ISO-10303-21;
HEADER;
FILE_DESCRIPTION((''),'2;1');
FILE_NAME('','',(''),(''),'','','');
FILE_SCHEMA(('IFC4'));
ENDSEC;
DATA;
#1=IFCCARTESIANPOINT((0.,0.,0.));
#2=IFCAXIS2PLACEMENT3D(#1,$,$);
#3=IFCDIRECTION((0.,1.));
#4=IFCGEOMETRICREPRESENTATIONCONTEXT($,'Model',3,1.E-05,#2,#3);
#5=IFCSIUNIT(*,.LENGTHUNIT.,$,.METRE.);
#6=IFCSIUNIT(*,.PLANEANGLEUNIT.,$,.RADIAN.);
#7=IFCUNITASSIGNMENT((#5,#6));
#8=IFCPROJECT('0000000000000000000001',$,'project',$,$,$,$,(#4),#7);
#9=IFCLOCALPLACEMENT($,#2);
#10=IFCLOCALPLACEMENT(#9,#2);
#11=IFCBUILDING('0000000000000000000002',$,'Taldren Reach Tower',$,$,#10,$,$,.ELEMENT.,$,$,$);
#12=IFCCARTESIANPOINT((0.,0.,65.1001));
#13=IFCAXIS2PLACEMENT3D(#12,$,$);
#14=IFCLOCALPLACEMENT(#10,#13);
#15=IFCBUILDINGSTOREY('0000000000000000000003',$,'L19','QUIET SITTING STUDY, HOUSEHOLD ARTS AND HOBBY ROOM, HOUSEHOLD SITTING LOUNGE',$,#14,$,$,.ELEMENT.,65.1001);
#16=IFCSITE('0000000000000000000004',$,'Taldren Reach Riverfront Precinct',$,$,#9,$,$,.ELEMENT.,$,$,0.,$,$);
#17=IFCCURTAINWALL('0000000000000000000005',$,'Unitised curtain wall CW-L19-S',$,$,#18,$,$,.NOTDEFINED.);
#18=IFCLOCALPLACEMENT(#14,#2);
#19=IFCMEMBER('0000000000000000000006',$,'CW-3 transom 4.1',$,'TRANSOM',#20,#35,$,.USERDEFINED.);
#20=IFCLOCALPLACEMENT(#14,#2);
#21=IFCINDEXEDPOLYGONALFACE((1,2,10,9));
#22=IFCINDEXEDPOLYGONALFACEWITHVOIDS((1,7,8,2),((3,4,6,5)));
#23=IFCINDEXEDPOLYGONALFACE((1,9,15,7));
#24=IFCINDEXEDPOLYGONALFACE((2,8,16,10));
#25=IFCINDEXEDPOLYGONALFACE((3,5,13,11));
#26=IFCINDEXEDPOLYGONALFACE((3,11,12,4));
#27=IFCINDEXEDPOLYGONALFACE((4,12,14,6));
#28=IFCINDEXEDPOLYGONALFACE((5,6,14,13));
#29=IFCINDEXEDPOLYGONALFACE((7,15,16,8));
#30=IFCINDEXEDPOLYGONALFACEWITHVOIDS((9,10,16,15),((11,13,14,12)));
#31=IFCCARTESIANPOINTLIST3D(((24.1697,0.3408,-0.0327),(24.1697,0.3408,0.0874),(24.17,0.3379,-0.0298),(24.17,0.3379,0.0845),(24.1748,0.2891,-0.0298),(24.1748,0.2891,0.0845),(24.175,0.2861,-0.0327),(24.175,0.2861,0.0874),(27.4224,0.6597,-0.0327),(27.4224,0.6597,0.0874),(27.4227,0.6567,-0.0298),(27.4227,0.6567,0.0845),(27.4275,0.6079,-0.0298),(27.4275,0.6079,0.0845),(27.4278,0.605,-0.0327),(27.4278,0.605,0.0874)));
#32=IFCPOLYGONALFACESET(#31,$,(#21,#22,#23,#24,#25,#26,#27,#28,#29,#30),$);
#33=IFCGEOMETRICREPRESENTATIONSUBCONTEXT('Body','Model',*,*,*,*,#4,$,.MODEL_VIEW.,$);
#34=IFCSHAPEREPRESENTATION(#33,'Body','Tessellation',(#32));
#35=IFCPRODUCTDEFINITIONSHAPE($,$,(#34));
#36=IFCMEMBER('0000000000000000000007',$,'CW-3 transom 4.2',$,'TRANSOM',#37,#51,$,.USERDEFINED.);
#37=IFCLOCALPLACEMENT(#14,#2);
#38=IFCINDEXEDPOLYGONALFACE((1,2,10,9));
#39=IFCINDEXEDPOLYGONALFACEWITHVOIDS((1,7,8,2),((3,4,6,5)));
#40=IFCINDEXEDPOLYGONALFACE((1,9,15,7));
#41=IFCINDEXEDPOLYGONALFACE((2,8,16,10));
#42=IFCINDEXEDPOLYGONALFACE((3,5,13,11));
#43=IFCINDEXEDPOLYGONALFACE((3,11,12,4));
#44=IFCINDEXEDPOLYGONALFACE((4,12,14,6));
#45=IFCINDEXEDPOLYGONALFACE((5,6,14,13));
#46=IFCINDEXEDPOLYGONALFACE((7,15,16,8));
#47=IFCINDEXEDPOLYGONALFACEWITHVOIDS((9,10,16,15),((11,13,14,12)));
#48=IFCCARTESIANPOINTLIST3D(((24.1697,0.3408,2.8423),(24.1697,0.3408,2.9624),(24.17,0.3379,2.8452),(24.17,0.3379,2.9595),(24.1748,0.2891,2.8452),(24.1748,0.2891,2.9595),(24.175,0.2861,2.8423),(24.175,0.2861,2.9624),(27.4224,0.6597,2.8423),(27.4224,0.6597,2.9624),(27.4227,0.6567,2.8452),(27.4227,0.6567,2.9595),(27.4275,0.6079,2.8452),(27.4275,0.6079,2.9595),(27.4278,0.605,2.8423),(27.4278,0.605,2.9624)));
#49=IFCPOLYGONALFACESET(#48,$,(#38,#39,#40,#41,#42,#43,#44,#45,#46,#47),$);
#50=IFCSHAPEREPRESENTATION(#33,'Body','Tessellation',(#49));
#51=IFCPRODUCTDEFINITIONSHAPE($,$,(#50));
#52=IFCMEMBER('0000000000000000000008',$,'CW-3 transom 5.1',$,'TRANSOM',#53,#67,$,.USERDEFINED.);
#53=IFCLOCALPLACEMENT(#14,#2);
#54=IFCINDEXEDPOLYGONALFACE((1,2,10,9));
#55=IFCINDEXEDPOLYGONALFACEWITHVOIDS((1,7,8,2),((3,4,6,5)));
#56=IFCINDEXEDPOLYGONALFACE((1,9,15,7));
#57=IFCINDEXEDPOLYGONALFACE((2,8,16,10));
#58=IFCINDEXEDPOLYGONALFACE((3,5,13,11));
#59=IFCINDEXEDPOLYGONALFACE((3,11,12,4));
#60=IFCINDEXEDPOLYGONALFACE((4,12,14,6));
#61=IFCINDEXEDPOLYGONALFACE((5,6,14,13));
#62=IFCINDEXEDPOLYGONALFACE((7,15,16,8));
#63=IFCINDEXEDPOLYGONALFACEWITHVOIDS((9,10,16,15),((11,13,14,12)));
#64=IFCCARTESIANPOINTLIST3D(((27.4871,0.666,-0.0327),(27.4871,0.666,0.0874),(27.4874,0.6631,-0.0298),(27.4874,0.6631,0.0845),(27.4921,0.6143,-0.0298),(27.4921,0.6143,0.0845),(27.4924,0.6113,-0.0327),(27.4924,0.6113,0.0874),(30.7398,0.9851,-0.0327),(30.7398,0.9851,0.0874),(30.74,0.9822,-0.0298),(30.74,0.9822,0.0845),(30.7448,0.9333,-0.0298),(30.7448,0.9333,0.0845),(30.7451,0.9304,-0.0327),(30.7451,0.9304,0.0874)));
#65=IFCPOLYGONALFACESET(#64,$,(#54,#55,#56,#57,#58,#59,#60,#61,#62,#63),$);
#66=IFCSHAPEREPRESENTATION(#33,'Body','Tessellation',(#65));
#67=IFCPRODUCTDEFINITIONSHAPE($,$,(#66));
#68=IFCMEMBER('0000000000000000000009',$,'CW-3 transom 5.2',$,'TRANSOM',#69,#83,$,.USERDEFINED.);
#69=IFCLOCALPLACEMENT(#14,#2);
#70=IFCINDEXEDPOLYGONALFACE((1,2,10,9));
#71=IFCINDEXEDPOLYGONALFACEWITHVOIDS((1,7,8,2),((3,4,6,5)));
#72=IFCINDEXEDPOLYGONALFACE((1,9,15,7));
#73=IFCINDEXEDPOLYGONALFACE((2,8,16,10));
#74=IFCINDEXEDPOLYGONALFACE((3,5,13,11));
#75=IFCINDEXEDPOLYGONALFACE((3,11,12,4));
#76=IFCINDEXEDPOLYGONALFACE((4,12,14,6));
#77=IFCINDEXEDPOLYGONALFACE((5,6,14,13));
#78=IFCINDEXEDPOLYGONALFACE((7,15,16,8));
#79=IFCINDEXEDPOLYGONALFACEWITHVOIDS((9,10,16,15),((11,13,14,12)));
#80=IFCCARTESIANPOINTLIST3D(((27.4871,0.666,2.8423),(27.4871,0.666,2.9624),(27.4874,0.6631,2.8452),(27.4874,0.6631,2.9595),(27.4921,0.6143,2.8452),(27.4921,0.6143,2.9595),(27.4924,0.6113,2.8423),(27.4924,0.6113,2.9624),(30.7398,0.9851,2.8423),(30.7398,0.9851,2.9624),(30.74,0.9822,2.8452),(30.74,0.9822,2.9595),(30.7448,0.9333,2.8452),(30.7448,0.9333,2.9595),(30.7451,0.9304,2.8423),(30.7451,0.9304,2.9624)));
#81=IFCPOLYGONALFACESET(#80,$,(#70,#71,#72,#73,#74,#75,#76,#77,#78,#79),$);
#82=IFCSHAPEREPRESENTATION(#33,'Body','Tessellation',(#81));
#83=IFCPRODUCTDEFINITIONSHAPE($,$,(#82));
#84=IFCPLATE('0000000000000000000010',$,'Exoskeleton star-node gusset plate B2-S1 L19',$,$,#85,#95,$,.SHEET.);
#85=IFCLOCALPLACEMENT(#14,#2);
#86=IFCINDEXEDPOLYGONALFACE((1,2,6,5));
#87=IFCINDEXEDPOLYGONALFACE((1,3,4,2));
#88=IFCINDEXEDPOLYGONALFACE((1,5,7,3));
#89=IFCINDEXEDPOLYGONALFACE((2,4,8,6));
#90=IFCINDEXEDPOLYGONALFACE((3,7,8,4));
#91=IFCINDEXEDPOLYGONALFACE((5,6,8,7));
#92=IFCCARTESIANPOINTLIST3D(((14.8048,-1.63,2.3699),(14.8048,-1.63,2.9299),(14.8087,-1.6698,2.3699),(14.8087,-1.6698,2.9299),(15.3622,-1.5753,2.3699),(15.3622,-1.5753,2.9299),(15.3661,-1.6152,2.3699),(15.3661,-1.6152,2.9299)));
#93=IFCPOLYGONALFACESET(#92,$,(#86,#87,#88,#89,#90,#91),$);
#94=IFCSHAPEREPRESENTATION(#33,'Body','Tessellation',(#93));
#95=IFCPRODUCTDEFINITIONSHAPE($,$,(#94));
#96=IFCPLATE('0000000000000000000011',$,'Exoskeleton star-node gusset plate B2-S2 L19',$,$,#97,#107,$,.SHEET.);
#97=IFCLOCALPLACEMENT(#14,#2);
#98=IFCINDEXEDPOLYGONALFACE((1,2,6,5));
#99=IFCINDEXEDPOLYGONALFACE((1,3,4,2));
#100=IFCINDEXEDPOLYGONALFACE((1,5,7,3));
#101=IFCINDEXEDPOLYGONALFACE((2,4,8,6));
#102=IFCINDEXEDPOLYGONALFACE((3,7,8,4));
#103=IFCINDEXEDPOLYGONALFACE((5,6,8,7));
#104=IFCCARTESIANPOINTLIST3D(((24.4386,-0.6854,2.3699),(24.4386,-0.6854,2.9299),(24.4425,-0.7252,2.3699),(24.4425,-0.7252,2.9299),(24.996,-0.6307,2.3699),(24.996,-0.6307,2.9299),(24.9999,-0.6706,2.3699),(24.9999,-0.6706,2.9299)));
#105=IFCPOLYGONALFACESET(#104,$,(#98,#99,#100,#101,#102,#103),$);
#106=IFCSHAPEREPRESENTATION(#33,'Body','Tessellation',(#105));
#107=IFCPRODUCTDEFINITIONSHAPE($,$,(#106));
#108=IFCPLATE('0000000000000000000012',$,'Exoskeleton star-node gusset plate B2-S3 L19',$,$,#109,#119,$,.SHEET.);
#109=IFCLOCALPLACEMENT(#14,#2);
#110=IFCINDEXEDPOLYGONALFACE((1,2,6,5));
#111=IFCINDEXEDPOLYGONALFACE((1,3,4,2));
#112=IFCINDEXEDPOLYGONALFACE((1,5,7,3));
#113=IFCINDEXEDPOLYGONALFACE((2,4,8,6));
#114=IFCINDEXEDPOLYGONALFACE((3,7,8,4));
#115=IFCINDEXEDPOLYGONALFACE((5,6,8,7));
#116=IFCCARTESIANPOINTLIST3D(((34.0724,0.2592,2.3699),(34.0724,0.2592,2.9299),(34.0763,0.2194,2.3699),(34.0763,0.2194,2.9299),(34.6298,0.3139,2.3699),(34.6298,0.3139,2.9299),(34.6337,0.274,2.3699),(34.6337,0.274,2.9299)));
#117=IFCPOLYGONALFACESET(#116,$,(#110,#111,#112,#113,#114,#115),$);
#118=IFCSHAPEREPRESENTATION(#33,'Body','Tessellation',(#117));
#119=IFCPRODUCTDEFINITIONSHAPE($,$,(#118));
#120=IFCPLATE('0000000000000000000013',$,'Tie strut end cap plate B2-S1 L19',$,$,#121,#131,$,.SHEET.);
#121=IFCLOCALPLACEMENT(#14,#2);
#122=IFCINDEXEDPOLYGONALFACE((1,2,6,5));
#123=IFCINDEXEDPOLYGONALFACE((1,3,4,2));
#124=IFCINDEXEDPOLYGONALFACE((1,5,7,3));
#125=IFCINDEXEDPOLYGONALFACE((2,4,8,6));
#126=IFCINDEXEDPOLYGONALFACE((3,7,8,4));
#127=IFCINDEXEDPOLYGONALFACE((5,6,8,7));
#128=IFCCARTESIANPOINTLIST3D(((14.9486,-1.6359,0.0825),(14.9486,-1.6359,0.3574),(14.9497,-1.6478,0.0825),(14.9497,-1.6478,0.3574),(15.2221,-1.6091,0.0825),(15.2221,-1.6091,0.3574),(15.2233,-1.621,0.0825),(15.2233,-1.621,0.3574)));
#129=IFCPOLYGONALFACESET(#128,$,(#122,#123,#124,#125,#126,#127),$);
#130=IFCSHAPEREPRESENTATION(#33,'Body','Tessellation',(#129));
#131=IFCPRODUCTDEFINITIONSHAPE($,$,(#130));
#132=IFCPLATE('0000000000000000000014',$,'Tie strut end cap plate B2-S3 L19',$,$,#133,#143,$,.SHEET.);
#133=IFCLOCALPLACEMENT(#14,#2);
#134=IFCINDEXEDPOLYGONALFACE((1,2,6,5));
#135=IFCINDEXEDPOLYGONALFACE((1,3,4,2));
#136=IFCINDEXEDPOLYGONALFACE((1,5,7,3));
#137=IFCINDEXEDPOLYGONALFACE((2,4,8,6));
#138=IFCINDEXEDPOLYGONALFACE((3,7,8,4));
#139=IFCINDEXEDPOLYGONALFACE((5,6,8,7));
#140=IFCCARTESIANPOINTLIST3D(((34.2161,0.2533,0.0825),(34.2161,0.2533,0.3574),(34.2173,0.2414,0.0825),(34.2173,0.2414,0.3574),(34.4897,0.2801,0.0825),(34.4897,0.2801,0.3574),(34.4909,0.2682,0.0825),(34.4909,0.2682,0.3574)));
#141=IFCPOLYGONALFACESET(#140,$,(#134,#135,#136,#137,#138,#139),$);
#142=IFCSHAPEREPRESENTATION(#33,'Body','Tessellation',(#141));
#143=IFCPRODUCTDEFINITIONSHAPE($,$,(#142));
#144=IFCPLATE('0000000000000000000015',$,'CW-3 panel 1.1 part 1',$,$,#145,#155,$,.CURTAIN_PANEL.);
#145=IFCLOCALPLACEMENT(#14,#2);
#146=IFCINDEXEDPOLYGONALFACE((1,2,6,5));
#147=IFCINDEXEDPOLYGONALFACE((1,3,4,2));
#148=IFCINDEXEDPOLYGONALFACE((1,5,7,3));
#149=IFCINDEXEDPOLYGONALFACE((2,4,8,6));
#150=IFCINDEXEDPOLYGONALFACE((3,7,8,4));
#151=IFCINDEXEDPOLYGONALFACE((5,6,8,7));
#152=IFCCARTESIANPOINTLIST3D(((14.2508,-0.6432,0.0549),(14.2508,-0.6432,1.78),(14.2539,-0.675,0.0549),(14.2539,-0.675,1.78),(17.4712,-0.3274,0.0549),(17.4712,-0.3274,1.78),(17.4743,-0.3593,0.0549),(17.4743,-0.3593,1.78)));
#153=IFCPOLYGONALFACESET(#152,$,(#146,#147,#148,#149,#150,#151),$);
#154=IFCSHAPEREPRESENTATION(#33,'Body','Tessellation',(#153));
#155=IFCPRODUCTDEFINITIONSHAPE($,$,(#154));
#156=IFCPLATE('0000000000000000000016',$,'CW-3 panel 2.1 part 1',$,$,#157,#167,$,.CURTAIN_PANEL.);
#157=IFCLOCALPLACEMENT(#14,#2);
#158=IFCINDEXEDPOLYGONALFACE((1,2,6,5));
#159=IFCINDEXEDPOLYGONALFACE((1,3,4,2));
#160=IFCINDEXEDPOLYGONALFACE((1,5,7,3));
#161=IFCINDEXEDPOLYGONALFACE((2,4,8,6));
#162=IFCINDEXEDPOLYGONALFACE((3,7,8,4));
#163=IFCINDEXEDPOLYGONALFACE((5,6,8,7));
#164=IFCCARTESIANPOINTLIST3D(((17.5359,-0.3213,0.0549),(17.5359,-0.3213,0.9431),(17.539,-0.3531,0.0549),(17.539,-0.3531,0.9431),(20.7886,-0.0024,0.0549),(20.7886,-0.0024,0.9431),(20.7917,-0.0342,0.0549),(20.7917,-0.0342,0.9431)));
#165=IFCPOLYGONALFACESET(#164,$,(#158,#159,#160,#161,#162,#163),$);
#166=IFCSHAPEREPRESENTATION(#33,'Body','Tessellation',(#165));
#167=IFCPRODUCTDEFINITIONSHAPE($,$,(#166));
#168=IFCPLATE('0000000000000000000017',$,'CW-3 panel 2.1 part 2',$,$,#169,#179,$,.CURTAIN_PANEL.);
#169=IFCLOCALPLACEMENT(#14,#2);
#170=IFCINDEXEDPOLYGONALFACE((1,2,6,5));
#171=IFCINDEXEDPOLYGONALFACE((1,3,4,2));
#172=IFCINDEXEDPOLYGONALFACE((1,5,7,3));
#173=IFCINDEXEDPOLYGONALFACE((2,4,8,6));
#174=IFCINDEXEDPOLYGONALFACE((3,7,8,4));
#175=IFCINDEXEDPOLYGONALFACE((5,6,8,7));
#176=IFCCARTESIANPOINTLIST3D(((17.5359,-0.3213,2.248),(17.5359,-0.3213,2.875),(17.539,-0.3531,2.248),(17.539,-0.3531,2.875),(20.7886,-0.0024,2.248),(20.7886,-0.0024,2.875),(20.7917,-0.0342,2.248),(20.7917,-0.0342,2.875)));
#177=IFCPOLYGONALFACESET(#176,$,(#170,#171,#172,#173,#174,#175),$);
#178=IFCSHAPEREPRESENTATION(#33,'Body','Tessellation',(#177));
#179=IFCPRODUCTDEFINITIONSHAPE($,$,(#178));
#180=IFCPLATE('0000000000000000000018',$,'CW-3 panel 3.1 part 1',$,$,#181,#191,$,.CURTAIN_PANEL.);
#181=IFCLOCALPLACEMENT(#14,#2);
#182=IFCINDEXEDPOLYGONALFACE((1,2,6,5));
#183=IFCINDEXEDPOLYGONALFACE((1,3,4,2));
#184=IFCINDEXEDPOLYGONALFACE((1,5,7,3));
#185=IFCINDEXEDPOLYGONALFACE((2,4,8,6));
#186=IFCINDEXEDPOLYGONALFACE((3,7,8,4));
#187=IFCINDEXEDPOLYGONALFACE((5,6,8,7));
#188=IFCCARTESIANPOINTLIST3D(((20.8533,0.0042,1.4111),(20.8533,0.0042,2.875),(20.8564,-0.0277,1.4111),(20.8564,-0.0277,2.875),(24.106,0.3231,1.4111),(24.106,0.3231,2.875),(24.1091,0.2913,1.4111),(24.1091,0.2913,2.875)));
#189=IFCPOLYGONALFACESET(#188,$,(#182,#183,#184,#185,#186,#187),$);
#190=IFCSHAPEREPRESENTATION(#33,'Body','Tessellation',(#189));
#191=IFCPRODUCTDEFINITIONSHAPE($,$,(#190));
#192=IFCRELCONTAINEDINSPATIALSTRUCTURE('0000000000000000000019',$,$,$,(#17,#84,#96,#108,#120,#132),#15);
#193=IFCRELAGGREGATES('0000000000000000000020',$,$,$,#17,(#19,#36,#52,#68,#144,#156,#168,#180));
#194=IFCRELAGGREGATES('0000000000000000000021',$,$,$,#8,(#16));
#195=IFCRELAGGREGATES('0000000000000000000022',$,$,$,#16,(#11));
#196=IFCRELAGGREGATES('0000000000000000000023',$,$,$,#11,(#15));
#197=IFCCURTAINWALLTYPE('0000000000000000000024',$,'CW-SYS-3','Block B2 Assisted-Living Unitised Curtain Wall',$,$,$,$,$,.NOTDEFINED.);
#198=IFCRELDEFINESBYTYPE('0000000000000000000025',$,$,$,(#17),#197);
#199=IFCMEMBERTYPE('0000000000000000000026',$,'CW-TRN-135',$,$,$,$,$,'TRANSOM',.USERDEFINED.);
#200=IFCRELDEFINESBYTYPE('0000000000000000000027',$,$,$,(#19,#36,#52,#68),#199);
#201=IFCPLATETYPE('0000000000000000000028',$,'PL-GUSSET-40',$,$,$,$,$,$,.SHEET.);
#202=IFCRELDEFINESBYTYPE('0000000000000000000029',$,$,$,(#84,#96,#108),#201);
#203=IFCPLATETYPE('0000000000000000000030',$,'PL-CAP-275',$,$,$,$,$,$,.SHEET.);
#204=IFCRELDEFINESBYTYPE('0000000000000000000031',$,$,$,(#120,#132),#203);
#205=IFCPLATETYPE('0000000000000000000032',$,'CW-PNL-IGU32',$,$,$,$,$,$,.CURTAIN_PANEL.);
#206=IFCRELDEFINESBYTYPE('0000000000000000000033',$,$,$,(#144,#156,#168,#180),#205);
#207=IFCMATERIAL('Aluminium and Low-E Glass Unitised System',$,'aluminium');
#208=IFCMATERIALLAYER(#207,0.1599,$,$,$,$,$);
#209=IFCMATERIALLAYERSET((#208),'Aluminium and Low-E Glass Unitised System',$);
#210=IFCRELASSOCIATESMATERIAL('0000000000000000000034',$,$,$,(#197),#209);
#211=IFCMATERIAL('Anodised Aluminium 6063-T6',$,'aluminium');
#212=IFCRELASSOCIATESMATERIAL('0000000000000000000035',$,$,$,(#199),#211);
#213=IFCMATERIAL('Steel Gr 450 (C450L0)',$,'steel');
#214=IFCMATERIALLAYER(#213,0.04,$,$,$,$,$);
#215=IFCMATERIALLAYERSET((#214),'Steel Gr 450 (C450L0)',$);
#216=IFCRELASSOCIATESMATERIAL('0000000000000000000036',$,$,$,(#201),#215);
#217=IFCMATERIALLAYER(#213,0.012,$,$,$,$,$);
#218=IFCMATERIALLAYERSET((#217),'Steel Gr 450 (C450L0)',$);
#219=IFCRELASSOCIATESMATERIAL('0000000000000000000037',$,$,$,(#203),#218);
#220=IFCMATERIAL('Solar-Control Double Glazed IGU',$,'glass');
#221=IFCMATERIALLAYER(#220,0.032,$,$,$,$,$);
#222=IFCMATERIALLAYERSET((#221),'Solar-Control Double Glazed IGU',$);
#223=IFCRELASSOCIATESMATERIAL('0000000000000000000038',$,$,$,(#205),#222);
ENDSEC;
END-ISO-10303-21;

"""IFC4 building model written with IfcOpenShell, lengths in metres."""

from ifc_helpers import new_model, si_unit, direction, frame, origin, origin_2d, place, context, subcontext, project, spatial, rectangle, hollow_rectangle, extrude, source, transform, mapped, material, layer, layer_set, material_profile, profile_set, type_object, element, aggregate, save


model = new_model("IFC4")

# Units and contexts
model_context = context("Model", 3, precision=1e-05, world=origin(), true_north=direction((0.0, 1.0)))
body_context = subcontext(model_context, "Body", "Model", "MODEL_VIEW")
ifc_project = project(units=[si_unit("LENGTHUNIT", "METRE"), si_unit("PLANEANGLEUNIT", "RADIAN")], contexts=[model_context])

# Site, building, storey
site_placement = place(None, origin())
site = spatial("IfcSite", under=ifc_project, at=site_placement, Name="Taldren Reach Riverfront Precinct", CompositionType="ELEMENT", RefElevation=0.0)
building_placement = place(site_placement, origin())
building = spatial("IfcBuilding", under=site, at=building_placement, Name="Taldren Reach Tower", CompositionType="ELEMENT")
storey_placement = place(building_placement, frame((0.0, 0.0, 65.1001)))
storey = spatial("IfcBuildingStorey", under=building, at=storey_placement, Name="L19", Description="QUIET SITTING STUDY, HOUSEHOLD ARTS AND HOBBY ROOM, HOUSEHOLD SITTING LOUNGE", CompositionType="ELEMENT", Elevation=65.1001)

# Shared definitions
ifc_material_1 = material(Name="Steel Gr 450 (C450L0)", Category="steel")

# Curtain wall, members
ifc_material_2 = material(Name="Aluminium and Low-E Glass Unitised System", Category="aluminium")
ifc_layer_1 = layer(ifc_material_2, 0.1599)
ifc_layer_set_1 = layer_set([ifc_layer_1], Name="Aluminium and Low-E Glass Unitised System")
curtain_wall_type = type_object("IfcCurtainWallType", Name="CW-SYS-3", Description="Block B2 Assisted-Living Unitised Curtain Wall", PredefinedType="NOTDEFINED", material=ifc_layer_set_1)
curtain_wall_placement = place(storey_placement, origin())
curtain_wall = element("IfcCurtainWall", 1, at=curtain_wall_placement, inside=storey, type_object=curtain_wall_type, Name="Unitised curtain wall CW-L19-S", PredefinedType="NOTDEFINED")
ifc_material_3 = material(Name="Anodised Aluminium 6063-T6", Category="aluminium")
ifc_material_profile_1 = material_profile(ifc_material_3, hollow_rectangle(XDim=0.0549, YDim=0.1201, WallThickness=0.0029, at=origin_2d()), Name="ALU-120x55x3RHS")
ifc_profile_set_1 = profile_set([ifc_material_profile_1], Name="Anodised Aluminium 6063-T6")
member_type_1 = type_object("IfcMemberType", Name="CW-TRN-135", ElementType="TRANSOM", PredefinedType="USERDEFINED", material=ifc_profile_set_1)
shared_shape_1 = source(origin(), body_context, "Body", "SweptSolid", [
    extrude(hollow_rectangle(XDim=0.0549, YDim=0.1201, WallThickness=0.0029, at=origin_2d()), origin(), (0.0, 0.0, 1.0), 3.2683),
])
member_1_placement = place(storey_placement, frame((24.1724, 0.3135, 0.0273), z_axis=(0.99523, 0.097558, 0.0), x_axis=(-0.097558, 0.99523, 0.0)))
member_1 = element("IfcMember", 2, at=member_1_placement, type_object=member_type_1, Name="CW-3 transom 4.1", ObjectType="TRANSOM", PredefinedType="USERDEFINED", context=body_context, shape_type="MappedRepresentation", body=[
    mapped(shared_shape_1, transform((0.0, 0.0, 0.0), scale=1.0)),
])
member_2_placement = place(storey_placement, frame((24.1724, 0.3135, 2.9023), z_axis=(0.99523, 0.097558, 0.0), x_axis=(-0.097558, 0.99523, 0.0)))
member_2 = element("IfcMember", 3, at=member_2_placement, type_object=member_type_1, Name="CW-3 transom 4.2", ObjectType="TRANSOM", PredefinedType="USERDEFINED", context=body_context, shape_type="MappedRepresentation", body=[
    mapped(shared_shape_1, transform((0.0, 0.0, 0.0), scale=1.0)),
])
member_3_placement = place(storey_placement, frame((27.4897, 0.6387, 0.0273), z_axis=(0.995223, 0.097632, 0.0), x_axis=(-0.097632, 0.995223, 0.0)))
member_3 = element("IfcMember", 4, at=member_3_placement, type_object=member_type_1, Name="CW-3 transom 5.1", ObjectType="TRANSOM", PredefinedType="USERDEFINED", context=body_context, shape_type="MappedRepresentation", body=[
    mapped(shared_shape_1, transform((0.0, 0.0, 0.0), scale=1.0)),
])
member_4_placement = place(storey_placement, frame((27.4897, 0.6387, 2.9023), z_axis=(0.995223, 0.097632, 0.0), x_axis=(-0.097632, 0.995223, 0.0)))
member_4 = element("IfcMember", 5, at=member_4_placement, type_object=member_type_1, Name="CW-3 transom 5.2", ObjectType="TRANSOM", PredefinedType="USERDEFINED", context=body_context, shape_type="MappedRepresentation", body=[
    mapped(shared_shape_1, transform((0.0, 0.0, 0.0), scale=1.0)),
])

# Plates
ifc_layer_2 = layer(ifc_material_1, 0.04)
ifc_layer_set_2 = layer_set([ifc_layer_2], Name="Steel Gr 450 (C450L0)")
plate_type_1 = type_object("IfcPlateType", Name="PL-GUSSET-40", PredefinedType="SHEET", material=ifc_layer_set_2)
shared_shape_2 = source(origin(), body_context, "Body", "SweptSolid", [
    extrude(rectangle(XDim=0.5601, YDim=0.04, at=origin_2d()), origin(), (0.0, 0.0, 1.0), 0.5601),
])
for number, where, z_axis, x_axis, name in (
    (6, (15.0854, -1.6226, 2.3699), (0.0, 0.0, 1.0), (0.995227, 0.097583, 0.0), "Exoskeleton star-node gusset plate B2-S1 L19"),
    (7, (24.7192, -0.678, 2.3699), (0.0, 0.0, 1.0), (0.995227, 0.097583, 0.0), "Exoskeleton star-node gusset plate B2-S2 L19"),
    (8, (34.353, 0.2666, 2.3699), (0.0, 0.0, 1.0), (0.995227, 0.097583, 0.0), "Exoskeleton star-node gusset plate B2-S3 L19"),
):
    element("IfcPlate", number, at=place(storey_placement, frame(where, z_axis=z_axis, x_axis=x_axis)), inside=storey, type_object=plate_type_1, Name=name, PredefinedType="SHEET", context=body_context, shape_type="MappedRepresentation", body=[
        mapped(shared_shape_2, transform((0.0, 0.0, 0.0), scale=1.0)),
    ])
ifc_layer_3 = layer(ifc_material_1, 0.012)
ifc_layer_set_3 = layer_set([ifc_layer_3], Name="Steel Gr 450 (C450L0)")
plate_type_2 = type_object("IfcPlateType", Name="PL-CAP-275", PredefinedType="SHEET", material=ifc_layer_set_3)
shared_shape_3 = source(origin(), body_context, "Body", "SweptSolid", [
    extrude(rectangle(XDim=0.2749, YDim=0.012, at=origin_2d()), origin(), (0.0, 0.0, 1.0), 0.2749),
])
for number, where, z_axis, x_axis, name in (
    (9, (15.0859, -1.6284, 0.0825), (0.0, 0.0, 1.0), (0.995227, 0.097583, 0.0), "Tie strut end cap plate B2-S1 L19"),
    (10, (34.3535, 0.2607, 0.0825), (0.0, 0.0, 1.0), (0.995227, 0.097583, 0.0), "Tie strut end cap plate B2-S3 L19"),
):
    element("IfcPlate", number, at=place(storey_placement, frame(where, z_axis=z_axis, x_axis=x_axis)), inside=storey, type_object=plate_type_2, Name=name, PredefinedType="SHEET", context=body_context, shape_type="MappedRepresentation", body=[
        mapped(shared_shape_3, transform((0.0, 0.0, 0.0), scale=1.0)),
    ])

# Plates
ifc_material_4 = material(Name="Solar-Control Double Glazed IGU", Category="glass")
ifc_layer_4 = layer(ifc_material_4, 0.032)
ifc_layer_set_4 = layer_set([ifc_layer_4], Name="Solar-Control Double Glazed IGU")
plate_type_3 = type_object("IfcPlateType", Name="CW-PNL-IGU32", PredefinedType="CURTAIN_PANEL", material=ifc_layer_set_4)
shared_shape_4 = source(origin(), body_context, "Body", "SweptSolid", [
    extrude(rectangle(XDim=3.2358, YDim=0.032, at=origin_2d()), origin(), (0.0, 0.0, 1.0), 1.7251),
])
plate_1_placement = place(storey_placement, frame((15.8625, -0.5012, 0.0549), z_axis=(0.0, 0.0, 1.0), x_axis=(0.995227, 0.097583, 0.0)))
plate_1 = element("IfcPlate", 11, at=plate_1_placement, type_object=plate_type_3, Name="CW-3 panel 1.1 part 1", PredefinedType="CURTAIN_PANEL", context=body_context, shape_type="MappedRepresentation", body=[
    mapped(shared_shape_4, transform((0.0, 0.0, 0.0), scale=1.0)),
])
shared_shape_5 = source(origin(), body_context, "Body", "SweptSolid", [
    extrude(rectangle(XDim=3.2683, YDim=0.032, at=origin_2d()), origin(), (0.0, 0.0, 1.0), 0.8882),
])
plate_2_placement = place(storey_placement, frame((19.1638, -0.1777, 0.0549), z_axis=(0.0, 0.0, 1.0), x_axis=(0.995227, 0.097583, 0.0)))
plate_2 = element("IfcPlate", 12, at=plate_2_placement, type_object=plate_type_3, Name="CW-3 panel 2.1 part 1", PredefinedType="CURTAIN_PANEL", context=body_context, shape_type="MappedRepresentation", body=[
    mapped(shared_shape_5, transform((0.0, 0.0, 0.0), scale=1.0)),
])
shared_shape_6 = source(origin(), body_context, "Body", "SweptSolid", [
    extrude(rectangle(XDim=3.2683, YDim=0.032, at=origin_2d()), origin(), (0.0, 0.0, 1.0), 0.627),
])
plate_3_placement = place(storey_placement, frame((19.1638, -0.1777, 2.248), z_axis=(0.0, 0.0, 1.0), x_axis=(0.995227, 0.097583, 0.0)))
plate_3 = element("IfcPlate", 13, at=plate_3_placement, type_object=plate_type_3, Name="CW-3 panel 2.1 part 2", PredefinedType="CURTAIN_PANEL", context=body_context, shape_type="MappedRepresentation", body=[
    mapped(shared_shape_6, transform((0.0, 0.0, 0.0), scale=1.0)),
])
shared_shape_7 = source(origin(), body_context, "Body", "SweptSolid", [
    extrude(rectangle(XDim=3.2683, YDim=0.032, at=origin_2d()), origin(), (0.0, 0.0, 1.0), 1.4639),
])
plate_4_placement = place(storey_placement, frame((22.4812, 0.1477, 1.4111), z_axis=(0.0, 0.0, 1.0), x_axis=(0.995227, 0.097583, 0.0)))
plate_4 = element("IfcPlate", 14, at=plate_4_placement, type_object=plate_type_3, Name="CW-3 panel 3.1 part 1", PredefinedType="CURTAIN_PANEL", context=body_context, shape_type="MappedRepresentation", body=[
    mapped(shared_shape_7, transform((0.0, 0.0, 0.0), scale=1.0)),
])
aggregate(curtain_wall, [member_1, member_2, member_3, member_4, plate_1, plate_2, plate_3, plate_4])

save(model, "model.ifc")
